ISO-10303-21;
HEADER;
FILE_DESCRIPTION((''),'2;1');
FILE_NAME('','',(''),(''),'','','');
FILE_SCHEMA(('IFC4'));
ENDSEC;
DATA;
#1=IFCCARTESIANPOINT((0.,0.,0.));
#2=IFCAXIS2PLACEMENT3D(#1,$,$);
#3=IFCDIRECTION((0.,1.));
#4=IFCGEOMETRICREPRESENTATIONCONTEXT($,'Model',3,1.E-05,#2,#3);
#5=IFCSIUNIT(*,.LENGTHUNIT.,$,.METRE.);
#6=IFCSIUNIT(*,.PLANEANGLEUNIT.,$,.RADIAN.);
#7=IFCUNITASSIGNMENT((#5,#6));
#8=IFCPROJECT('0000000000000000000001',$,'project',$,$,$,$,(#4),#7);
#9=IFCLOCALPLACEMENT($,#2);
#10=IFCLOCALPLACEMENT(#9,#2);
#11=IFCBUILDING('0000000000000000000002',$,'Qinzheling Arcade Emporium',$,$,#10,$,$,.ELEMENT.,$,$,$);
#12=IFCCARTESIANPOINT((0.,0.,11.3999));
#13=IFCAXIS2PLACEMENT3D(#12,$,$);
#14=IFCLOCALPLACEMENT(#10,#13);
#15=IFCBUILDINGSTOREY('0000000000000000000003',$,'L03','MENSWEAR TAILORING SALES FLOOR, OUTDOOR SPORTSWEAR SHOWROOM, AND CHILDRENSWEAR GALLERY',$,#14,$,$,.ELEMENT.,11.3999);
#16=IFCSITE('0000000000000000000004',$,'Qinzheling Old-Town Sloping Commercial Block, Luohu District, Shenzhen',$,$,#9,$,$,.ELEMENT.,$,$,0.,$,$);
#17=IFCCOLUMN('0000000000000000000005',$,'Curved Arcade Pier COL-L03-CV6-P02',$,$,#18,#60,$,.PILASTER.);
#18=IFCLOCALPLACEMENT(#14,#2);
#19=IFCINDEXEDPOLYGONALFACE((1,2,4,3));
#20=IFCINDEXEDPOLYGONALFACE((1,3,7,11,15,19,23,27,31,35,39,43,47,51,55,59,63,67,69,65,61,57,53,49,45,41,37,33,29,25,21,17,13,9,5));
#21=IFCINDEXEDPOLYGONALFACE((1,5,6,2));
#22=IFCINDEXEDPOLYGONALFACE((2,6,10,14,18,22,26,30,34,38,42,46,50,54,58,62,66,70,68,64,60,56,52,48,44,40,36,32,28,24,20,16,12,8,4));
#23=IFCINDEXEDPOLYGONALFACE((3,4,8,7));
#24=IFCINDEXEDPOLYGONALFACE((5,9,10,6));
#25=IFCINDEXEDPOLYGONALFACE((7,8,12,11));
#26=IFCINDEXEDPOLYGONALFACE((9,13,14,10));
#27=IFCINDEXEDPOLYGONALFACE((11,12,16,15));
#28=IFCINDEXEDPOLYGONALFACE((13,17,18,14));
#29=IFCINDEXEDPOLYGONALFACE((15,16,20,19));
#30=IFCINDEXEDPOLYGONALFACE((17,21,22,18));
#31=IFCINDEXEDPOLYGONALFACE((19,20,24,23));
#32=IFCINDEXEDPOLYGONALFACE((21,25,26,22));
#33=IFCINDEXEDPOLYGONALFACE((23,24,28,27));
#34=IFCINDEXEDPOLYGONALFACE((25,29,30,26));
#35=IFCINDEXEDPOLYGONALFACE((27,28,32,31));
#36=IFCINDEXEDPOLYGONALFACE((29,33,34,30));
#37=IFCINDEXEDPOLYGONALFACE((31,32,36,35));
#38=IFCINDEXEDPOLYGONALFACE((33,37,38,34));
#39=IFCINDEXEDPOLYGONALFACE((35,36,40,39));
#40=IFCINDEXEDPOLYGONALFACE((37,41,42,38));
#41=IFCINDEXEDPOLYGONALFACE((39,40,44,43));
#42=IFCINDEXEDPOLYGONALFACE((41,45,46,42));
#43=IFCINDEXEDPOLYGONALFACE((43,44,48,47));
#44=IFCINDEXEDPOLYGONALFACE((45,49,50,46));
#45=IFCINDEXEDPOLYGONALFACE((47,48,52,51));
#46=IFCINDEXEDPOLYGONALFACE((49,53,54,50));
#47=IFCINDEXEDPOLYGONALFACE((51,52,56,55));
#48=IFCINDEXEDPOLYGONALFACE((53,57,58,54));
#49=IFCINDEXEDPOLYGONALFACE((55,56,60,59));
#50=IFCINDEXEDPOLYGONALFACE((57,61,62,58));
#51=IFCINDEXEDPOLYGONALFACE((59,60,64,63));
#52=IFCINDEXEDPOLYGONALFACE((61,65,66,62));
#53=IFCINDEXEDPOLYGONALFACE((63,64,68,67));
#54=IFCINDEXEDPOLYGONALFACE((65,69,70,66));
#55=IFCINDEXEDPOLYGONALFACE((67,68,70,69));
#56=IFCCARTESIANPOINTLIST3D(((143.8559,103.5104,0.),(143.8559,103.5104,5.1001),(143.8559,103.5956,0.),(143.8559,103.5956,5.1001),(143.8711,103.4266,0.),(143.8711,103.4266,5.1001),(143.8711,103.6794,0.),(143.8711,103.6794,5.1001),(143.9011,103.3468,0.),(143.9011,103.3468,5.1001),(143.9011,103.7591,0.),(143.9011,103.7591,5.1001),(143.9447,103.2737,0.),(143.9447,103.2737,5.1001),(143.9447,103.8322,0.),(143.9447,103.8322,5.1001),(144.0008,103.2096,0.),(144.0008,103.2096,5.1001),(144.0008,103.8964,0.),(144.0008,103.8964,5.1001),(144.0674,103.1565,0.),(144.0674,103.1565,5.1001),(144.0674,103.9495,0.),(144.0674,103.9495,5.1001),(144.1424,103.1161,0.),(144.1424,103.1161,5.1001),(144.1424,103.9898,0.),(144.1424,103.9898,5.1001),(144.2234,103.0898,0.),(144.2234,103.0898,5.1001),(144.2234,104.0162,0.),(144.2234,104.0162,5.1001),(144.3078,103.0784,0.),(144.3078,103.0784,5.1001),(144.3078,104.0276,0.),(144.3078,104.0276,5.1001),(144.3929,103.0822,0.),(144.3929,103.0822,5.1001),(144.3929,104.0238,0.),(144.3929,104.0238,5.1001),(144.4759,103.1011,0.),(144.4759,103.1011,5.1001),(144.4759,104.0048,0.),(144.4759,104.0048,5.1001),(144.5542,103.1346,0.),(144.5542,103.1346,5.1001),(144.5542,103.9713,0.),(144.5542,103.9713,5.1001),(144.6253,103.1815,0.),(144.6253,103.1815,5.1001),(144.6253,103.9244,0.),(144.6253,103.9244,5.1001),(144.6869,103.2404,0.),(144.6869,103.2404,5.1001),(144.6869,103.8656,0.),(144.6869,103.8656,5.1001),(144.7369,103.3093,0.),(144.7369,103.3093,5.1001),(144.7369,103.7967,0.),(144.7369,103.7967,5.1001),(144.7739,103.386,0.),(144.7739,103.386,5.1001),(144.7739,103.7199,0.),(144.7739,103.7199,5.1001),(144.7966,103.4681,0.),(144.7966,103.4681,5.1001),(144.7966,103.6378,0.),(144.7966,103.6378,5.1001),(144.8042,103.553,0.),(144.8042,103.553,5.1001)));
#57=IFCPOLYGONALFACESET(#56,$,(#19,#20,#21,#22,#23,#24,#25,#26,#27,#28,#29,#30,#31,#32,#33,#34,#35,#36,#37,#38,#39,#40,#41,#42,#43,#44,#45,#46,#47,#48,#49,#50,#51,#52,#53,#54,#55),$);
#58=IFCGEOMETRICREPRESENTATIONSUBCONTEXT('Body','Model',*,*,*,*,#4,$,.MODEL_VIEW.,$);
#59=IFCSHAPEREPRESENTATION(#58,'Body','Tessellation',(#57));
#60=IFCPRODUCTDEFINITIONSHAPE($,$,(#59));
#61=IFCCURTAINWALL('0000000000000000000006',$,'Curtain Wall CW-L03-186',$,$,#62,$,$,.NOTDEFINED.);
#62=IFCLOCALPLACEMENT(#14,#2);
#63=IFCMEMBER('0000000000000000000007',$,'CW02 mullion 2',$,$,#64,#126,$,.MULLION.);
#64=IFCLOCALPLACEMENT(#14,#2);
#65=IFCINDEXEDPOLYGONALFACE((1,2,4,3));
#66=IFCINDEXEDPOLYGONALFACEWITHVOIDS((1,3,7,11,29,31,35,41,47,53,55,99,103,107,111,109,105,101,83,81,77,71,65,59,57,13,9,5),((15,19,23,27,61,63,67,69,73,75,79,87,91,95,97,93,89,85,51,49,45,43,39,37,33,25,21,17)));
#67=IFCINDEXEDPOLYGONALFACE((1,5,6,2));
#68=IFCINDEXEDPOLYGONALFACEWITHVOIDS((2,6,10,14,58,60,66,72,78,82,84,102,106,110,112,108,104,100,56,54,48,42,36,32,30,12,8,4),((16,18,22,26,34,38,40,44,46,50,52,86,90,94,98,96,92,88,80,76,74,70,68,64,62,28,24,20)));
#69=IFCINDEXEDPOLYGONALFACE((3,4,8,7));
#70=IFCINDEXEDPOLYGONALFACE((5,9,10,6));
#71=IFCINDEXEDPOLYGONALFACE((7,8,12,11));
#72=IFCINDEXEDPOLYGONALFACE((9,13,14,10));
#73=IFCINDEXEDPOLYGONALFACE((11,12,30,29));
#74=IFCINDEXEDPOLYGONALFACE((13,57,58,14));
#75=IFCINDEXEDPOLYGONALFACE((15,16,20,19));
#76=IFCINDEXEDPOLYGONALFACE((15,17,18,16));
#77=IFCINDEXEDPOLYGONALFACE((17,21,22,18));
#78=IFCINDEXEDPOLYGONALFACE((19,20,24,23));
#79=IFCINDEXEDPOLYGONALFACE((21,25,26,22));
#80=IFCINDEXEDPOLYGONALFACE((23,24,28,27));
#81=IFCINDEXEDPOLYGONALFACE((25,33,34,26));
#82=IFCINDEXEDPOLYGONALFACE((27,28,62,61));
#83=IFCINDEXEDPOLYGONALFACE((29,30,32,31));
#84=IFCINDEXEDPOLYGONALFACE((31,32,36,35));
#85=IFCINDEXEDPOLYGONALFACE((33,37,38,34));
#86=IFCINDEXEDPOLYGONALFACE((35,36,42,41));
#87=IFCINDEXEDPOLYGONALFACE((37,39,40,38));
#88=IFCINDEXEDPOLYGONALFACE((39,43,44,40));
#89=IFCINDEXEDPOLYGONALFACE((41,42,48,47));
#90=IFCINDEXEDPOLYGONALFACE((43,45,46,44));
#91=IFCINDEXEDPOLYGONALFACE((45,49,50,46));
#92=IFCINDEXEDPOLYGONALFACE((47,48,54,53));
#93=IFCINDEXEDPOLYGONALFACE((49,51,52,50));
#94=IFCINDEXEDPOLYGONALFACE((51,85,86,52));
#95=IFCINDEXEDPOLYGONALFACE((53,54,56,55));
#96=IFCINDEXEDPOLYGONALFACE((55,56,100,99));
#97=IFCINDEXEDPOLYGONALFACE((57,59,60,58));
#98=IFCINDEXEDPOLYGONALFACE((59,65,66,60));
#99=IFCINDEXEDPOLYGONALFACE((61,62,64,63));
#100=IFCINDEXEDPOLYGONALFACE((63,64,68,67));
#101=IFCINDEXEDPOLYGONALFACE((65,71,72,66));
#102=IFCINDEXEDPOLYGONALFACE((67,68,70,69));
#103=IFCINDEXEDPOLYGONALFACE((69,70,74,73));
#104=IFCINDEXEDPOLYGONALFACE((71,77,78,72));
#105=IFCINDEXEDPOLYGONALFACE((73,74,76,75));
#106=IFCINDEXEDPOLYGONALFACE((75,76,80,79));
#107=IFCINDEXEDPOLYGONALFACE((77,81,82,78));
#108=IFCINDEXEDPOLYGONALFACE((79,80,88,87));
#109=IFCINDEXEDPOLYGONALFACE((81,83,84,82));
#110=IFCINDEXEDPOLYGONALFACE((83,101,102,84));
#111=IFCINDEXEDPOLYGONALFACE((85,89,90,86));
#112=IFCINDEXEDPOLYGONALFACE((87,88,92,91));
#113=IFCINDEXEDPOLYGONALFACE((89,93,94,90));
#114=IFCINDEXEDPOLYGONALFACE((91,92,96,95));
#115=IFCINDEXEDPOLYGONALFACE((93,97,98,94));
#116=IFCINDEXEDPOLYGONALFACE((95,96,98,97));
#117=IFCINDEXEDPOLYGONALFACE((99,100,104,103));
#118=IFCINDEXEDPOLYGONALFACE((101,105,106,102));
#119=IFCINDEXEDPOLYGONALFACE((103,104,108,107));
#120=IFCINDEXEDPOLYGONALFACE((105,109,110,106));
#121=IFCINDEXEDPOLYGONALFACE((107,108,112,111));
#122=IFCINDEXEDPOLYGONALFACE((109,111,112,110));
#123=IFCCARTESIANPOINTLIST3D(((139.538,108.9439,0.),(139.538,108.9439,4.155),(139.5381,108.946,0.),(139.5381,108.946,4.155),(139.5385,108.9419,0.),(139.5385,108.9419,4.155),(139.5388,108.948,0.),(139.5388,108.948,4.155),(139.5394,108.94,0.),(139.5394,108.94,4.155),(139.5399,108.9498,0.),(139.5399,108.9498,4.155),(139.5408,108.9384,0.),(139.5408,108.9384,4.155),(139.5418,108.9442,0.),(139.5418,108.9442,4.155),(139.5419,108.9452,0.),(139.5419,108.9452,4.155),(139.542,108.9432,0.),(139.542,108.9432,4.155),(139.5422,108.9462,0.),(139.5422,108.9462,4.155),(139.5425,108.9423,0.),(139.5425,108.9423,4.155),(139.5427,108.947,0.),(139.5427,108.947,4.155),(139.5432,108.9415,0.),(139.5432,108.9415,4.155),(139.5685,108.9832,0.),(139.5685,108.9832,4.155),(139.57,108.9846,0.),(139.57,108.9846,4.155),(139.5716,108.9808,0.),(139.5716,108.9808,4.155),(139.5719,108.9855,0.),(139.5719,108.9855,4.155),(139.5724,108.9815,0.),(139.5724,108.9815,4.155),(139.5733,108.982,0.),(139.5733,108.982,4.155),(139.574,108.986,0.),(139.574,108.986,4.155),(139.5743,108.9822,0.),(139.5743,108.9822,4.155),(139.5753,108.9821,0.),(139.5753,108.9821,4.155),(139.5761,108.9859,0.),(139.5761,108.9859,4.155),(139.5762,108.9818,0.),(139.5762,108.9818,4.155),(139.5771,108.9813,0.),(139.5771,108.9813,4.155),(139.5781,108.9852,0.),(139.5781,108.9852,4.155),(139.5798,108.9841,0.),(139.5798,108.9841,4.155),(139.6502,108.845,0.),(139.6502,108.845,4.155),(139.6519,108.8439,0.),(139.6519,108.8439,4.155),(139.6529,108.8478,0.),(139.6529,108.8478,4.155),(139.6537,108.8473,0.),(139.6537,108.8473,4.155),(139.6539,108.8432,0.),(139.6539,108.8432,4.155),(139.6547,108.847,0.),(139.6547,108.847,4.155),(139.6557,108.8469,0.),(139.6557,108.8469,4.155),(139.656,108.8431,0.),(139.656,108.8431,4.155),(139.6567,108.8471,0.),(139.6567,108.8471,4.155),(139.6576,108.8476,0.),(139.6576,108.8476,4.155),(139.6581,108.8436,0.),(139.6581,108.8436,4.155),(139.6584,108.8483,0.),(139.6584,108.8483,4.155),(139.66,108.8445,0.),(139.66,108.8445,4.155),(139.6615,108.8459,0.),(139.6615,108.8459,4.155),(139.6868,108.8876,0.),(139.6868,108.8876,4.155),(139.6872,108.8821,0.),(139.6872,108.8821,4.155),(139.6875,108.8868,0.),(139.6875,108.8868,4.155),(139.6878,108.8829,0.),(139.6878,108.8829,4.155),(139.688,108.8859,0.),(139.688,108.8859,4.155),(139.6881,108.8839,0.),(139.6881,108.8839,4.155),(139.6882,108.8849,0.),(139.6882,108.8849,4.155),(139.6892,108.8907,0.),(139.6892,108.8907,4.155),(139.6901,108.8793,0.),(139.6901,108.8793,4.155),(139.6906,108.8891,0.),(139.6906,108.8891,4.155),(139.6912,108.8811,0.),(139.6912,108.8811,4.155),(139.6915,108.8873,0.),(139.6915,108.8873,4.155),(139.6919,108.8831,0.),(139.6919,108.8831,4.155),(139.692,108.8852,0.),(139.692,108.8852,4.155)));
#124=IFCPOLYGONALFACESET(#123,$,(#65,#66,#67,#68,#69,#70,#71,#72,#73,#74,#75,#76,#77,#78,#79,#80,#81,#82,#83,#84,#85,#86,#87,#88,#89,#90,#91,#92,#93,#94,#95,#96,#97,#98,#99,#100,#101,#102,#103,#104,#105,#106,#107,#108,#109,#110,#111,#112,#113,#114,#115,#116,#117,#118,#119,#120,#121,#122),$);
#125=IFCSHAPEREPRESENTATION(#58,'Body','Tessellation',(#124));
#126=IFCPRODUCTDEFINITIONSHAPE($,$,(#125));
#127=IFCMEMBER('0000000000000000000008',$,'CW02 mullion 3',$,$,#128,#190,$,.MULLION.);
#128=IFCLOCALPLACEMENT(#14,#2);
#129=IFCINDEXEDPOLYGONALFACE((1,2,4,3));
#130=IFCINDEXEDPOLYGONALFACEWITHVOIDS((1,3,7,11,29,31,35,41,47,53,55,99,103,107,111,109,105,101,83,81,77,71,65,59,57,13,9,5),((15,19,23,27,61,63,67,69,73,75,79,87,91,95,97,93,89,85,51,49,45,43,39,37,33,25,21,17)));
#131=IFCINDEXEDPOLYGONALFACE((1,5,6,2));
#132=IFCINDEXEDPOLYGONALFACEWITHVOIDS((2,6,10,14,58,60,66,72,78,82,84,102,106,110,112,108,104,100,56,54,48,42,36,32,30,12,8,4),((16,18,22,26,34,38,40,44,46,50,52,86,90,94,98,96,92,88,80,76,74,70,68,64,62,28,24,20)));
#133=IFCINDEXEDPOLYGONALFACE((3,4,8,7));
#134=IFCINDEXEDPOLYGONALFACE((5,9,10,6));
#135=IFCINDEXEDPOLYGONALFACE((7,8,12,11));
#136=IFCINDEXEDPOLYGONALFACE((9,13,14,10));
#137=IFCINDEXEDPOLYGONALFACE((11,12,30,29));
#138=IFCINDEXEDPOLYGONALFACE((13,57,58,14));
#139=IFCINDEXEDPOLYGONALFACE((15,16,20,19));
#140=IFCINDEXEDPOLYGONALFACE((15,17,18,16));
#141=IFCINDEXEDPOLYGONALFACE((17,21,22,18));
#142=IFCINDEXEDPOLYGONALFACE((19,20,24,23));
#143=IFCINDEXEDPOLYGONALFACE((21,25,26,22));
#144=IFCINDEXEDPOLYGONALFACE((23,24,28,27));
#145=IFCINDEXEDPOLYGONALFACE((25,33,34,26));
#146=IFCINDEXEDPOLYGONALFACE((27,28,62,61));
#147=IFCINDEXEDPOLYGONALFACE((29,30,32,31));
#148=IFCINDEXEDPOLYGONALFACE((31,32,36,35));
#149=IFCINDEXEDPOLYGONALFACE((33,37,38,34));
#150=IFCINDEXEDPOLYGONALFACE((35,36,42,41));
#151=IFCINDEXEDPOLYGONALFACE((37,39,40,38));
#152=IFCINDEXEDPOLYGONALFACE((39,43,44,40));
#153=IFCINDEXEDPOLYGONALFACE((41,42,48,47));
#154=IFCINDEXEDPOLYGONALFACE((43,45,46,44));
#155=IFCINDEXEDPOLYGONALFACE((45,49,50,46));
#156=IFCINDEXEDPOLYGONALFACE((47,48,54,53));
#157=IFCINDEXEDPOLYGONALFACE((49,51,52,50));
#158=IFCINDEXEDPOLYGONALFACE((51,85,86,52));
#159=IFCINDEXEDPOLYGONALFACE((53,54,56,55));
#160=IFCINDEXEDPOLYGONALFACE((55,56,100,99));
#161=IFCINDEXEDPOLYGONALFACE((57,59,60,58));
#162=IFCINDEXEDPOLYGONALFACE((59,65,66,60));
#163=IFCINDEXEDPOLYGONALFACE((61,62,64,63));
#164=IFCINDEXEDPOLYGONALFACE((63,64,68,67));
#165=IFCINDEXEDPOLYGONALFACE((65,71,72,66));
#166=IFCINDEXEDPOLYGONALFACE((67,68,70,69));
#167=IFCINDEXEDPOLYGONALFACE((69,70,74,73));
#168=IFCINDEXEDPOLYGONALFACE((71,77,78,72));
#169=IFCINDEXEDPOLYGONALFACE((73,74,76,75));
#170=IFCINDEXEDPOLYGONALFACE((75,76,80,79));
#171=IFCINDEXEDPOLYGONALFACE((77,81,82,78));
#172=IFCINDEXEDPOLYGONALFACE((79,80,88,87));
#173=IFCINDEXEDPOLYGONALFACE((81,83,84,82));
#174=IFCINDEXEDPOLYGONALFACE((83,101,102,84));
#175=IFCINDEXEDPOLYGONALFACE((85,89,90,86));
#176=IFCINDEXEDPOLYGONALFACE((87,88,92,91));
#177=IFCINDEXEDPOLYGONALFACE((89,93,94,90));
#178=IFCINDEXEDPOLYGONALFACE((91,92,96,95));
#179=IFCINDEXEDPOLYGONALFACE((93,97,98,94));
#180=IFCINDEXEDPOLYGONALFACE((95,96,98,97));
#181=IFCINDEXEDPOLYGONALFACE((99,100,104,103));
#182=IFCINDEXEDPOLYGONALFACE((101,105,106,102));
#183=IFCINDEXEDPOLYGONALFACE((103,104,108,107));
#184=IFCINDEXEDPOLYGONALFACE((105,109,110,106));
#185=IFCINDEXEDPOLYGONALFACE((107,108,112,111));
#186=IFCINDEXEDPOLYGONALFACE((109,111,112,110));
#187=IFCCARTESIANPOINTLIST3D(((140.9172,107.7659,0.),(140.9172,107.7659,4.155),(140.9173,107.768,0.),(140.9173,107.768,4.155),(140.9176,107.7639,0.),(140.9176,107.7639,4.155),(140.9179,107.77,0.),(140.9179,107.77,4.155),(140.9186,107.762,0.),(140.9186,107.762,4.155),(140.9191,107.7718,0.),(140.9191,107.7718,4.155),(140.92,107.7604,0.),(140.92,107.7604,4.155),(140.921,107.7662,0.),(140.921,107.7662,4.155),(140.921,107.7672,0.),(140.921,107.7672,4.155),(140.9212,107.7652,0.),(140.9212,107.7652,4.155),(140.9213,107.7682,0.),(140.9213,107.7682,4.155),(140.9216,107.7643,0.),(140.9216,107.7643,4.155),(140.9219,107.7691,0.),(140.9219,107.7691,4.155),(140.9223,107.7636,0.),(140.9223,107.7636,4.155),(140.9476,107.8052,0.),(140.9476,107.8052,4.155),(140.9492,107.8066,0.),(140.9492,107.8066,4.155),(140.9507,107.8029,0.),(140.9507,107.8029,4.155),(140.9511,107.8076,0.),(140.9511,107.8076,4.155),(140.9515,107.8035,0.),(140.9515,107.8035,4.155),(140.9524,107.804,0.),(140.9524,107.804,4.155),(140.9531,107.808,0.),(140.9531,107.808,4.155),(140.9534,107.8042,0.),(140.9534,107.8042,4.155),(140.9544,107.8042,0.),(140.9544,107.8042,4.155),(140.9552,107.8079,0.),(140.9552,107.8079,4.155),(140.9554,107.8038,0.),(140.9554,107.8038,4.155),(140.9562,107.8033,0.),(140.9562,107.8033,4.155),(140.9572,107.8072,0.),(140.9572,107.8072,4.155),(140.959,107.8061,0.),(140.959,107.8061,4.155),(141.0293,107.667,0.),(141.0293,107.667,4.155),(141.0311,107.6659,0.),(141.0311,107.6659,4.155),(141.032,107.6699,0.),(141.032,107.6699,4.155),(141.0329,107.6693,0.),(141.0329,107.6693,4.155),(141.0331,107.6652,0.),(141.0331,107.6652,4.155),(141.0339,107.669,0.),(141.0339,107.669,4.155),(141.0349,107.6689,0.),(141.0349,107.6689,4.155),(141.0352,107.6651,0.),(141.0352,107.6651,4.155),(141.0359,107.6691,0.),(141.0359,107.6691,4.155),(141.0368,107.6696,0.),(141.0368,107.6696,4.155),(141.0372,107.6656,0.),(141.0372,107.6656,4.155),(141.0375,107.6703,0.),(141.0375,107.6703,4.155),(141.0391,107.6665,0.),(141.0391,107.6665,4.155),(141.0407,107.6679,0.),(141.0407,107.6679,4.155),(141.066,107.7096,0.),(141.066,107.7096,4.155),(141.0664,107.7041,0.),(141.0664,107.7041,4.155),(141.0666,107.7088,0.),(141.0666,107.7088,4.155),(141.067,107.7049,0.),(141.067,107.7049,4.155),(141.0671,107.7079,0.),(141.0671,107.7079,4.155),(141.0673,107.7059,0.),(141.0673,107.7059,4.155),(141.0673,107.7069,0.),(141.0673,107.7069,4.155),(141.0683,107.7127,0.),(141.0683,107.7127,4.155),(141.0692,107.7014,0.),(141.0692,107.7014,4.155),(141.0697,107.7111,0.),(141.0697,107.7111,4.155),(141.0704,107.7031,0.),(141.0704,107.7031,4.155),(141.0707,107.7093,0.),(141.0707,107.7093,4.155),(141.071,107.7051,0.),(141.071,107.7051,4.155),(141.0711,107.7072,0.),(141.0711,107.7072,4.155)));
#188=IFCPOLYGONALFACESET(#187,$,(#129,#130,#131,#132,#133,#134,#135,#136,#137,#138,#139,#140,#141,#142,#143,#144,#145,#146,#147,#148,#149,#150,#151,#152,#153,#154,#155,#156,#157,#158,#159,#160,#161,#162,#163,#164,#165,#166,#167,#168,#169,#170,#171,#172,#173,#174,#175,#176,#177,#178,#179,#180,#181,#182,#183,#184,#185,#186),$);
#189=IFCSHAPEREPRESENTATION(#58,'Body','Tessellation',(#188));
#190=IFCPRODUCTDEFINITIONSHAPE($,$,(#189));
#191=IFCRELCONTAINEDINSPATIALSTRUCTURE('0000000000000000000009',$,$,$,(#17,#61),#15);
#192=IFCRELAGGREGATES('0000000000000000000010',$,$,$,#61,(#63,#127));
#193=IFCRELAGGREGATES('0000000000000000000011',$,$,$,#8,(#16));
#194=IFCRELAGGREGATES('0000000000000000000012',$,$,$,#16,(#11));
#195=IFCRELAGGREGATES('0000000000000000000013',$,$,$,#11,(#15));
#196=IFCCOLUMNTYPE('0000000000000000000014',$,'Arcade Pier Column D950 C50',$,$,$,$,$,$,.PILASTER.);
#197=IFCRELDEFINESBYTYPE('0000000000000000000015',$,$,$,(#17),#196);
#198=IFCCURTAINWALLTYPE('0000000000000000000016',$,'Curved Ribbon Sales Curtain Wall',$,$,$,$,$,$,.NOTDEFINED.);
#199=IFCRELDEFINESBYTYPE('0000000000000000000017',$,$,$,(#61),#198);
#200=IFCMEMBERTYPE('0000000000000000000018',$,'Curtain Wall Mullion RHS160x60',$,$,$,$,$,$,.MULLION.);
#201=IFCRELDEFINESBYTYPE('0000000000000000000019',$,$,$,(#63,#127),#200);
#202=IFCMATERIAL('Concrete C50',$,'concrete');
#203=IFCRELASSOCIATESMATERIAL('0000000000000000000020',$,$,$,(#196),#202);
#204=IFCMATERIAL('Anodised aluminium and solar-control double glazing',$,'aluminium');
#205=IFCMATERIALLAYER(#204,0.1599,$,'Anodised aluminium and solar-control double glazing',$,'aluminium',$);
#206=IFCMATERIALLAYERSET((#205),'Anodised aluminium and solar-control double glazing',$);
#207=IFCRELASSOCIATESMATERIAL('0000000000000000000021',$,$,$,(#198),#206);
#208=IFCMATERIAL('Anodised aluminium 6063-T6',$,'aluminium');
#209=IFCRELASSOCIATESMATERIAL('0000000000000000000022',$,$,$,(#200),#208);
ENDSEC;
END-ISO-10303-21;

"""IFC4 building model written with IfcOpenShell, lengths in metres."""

from ifc_helpers import new_model, si_unit, direction, frame, origin, origin_2d, place, context, subcontext, project, spatial, hollow_rectangle, circle, extrude, material, layer, layer_set, material_profile, profile_set, type_object, element, aggregate, save


model = new_model("IFC4")

# Units and contexts
model_context = context("Model", 3, precision=1e-05, world=origin(), true_north=direction((0.0, 1.0)))
body_context = subcontext(model_context, "Body", "Model", "MODEL_VIEW")
ifc_project = project(units=[si_unit("LENGTHUNIT", "METRE"), si_unit("PLANEANGLEUNIT", "RADIAN")], contexts=[model_context])

# Site, building, storey
site_placement = place(None, origin())
site = spatial("IfcSite", under=ifc_project, at=site_placement, Name="Qinzheling Old-Town Sloping Commercial Block, Luohu District, Shenzhen", CompositionType="ELEMENT", RefElevation=0.0)
building_placement = place(site_placement, origin())
building = spatial("IfcBuilding", under=site, at=building_placement, Name="Qinzheling Arcade Emporium", CompositionType="ELEMENT")
storey_placement = place(building_placement, frame((0.0, 0.0, 11.3999)))
storey = spatial("IfcBuildingStorey", under=building, at=storey_placement, Name="L03", Description="MENSWEAR TAILORING SALES FLOOR, OUTDOOR SPORTSWEAR SHOWROOM, AND CHILDRENSWEAR GALLERY", CompositionType="ELEMENT", Elevation=11.3999)

# Column
ifc_material_1 = material(Name="Concrete C50", Category="concrete")
ifc_material_profile_1 = material_profile(ifc_material_1, circle(Radius=0.4751, at=origin_2d()), Name="RC D950", Category="concrete")
ifc_profile_set_1 = profile_set([ifc_material_profile_1], Name="Concrete C50")
column_type = type_object("IfcColumnType", Name="Arcade Pier Column D950 C50", PredefinedType="PILASTER", material=ifc_profile_set_1)
column_placement = place(storey_placement, frame((144.3291, 103.553, 0.0), z_axis=(0.0, 0.0, 1.0), x_axis=(1.0, 0.0, 0.0)))
element("IfcColumn", 1, at=column_placement, inside=storey, type_object=column_type, Name="Curved Arcade Pier COL-L03-CV6-P02", PredefinedType="PILASTER", context=body_context, shape_type="SweptSolid", body=[
    extrude(circle(Radius=0.4751, at=origin_2d()), origin(), (0.0, 0.0, 1.0), 5.1001),
])

# Curtain wall, members
ifc_material_2 = material(Name="Anodised aluminium and solar-control double glazing", Category="aluminium")
ifc_layer_1 = layer(ifc_material_2, 0.1599, Name="Anodised aluminium and solar-control double glazing", Category="aluminium")
ifc_layer_set_1 = layer_set([ifc_layer_1], Name="Anodised aluminium and solar-control double glazing")
curtain_wall_type = type_object("IfcCurtainWallType", Name="Curved Ribbon Sales Curtain Wall", PredefinedType="NOTDEFINED", material=ifc_layer_set_1)
curtain_wall_1_placement = place(storey_placement, origin())
curtain_wall_1 = element("IfcCurtainWall", 2, at=curtain_wall_1_placement, inside=storey, type_object=curtain_wall_type, Name="Curtain Wall CW-L03-186", PredefinedType="NOTDEFINED")
ifc_material_3 = material(Name="Anodised aluminium 6063-T6", Category="aluminium")
ifc_material_profile_2 = material_profile(ifc_material_3, hollow_rectangle(XDim=0.0601, YDim=0.1599, WallThickness=0.0039, InnerFilletRadius=0.0039, OuterFilletRadius=0.0081, at=origin_2d()), Name="RHS 160x60x4", Category="aluminium")
ifc_profile_set_2 = profile_set([ifc_material_profile_2], Name="Anodised aluminium 6063-T6")
member_type_1 = type_object("IfcMemberType", Name="Curtain Wall Mullion RHS160x60", PredefinedType="MULLION", material=ifc_profile_set_2)
member_1_placement = place(storey_placement, frame((139.615, 108.9146, 0.0), z_axis=(0.0, 0.0, 1.0), x_axis=(0.649473, 0.760385, 0.0)))
member_1 = element("IfcMember", 3, at=member_1_placement, type_object=member_type_1, Name="CW02 mullion 2", PredefinedType="MULLION", context=body_context, shape_type="SweptSolid", body=[
    extrude(hollow_rectangle(XDim=0.0601, YDim=0.1599, WallThickness=0.0039, InnerFilletRadius=0.0039, OuterFilletRadius=0.0081, at=origin_2d()), origin(), (0.0, 0.0, 1.0), 4.155),
])
member_2_placement = place(storey_placement, frame((140.9941, 107.7366, 0.0), z_axis=(0.0, 0.0, 1.0), x_axis=(0.649473, 0.760385, 0.0)))
member_2 = element("IfcMember", 4, at=member_2_placement, type_object=member_type_1, Name="CW02 mullion 3", PredefinedType="MULLION", context=body_context, shape_type="SweptSolid", body=[
    extrude(hollow_rectangle(XDim=0.0601, YDim=0.1599, WallThickness=0.0039, InnerFilletRadius=0.0039, OuterFilletRadius=0.0081, at=origin_2d()), origin(), (0.0, 0.0, 1.0), 4.155),
])

aggregate(curtain_wall_1, [member_1, member_2])

save(model, "model.ifc")
